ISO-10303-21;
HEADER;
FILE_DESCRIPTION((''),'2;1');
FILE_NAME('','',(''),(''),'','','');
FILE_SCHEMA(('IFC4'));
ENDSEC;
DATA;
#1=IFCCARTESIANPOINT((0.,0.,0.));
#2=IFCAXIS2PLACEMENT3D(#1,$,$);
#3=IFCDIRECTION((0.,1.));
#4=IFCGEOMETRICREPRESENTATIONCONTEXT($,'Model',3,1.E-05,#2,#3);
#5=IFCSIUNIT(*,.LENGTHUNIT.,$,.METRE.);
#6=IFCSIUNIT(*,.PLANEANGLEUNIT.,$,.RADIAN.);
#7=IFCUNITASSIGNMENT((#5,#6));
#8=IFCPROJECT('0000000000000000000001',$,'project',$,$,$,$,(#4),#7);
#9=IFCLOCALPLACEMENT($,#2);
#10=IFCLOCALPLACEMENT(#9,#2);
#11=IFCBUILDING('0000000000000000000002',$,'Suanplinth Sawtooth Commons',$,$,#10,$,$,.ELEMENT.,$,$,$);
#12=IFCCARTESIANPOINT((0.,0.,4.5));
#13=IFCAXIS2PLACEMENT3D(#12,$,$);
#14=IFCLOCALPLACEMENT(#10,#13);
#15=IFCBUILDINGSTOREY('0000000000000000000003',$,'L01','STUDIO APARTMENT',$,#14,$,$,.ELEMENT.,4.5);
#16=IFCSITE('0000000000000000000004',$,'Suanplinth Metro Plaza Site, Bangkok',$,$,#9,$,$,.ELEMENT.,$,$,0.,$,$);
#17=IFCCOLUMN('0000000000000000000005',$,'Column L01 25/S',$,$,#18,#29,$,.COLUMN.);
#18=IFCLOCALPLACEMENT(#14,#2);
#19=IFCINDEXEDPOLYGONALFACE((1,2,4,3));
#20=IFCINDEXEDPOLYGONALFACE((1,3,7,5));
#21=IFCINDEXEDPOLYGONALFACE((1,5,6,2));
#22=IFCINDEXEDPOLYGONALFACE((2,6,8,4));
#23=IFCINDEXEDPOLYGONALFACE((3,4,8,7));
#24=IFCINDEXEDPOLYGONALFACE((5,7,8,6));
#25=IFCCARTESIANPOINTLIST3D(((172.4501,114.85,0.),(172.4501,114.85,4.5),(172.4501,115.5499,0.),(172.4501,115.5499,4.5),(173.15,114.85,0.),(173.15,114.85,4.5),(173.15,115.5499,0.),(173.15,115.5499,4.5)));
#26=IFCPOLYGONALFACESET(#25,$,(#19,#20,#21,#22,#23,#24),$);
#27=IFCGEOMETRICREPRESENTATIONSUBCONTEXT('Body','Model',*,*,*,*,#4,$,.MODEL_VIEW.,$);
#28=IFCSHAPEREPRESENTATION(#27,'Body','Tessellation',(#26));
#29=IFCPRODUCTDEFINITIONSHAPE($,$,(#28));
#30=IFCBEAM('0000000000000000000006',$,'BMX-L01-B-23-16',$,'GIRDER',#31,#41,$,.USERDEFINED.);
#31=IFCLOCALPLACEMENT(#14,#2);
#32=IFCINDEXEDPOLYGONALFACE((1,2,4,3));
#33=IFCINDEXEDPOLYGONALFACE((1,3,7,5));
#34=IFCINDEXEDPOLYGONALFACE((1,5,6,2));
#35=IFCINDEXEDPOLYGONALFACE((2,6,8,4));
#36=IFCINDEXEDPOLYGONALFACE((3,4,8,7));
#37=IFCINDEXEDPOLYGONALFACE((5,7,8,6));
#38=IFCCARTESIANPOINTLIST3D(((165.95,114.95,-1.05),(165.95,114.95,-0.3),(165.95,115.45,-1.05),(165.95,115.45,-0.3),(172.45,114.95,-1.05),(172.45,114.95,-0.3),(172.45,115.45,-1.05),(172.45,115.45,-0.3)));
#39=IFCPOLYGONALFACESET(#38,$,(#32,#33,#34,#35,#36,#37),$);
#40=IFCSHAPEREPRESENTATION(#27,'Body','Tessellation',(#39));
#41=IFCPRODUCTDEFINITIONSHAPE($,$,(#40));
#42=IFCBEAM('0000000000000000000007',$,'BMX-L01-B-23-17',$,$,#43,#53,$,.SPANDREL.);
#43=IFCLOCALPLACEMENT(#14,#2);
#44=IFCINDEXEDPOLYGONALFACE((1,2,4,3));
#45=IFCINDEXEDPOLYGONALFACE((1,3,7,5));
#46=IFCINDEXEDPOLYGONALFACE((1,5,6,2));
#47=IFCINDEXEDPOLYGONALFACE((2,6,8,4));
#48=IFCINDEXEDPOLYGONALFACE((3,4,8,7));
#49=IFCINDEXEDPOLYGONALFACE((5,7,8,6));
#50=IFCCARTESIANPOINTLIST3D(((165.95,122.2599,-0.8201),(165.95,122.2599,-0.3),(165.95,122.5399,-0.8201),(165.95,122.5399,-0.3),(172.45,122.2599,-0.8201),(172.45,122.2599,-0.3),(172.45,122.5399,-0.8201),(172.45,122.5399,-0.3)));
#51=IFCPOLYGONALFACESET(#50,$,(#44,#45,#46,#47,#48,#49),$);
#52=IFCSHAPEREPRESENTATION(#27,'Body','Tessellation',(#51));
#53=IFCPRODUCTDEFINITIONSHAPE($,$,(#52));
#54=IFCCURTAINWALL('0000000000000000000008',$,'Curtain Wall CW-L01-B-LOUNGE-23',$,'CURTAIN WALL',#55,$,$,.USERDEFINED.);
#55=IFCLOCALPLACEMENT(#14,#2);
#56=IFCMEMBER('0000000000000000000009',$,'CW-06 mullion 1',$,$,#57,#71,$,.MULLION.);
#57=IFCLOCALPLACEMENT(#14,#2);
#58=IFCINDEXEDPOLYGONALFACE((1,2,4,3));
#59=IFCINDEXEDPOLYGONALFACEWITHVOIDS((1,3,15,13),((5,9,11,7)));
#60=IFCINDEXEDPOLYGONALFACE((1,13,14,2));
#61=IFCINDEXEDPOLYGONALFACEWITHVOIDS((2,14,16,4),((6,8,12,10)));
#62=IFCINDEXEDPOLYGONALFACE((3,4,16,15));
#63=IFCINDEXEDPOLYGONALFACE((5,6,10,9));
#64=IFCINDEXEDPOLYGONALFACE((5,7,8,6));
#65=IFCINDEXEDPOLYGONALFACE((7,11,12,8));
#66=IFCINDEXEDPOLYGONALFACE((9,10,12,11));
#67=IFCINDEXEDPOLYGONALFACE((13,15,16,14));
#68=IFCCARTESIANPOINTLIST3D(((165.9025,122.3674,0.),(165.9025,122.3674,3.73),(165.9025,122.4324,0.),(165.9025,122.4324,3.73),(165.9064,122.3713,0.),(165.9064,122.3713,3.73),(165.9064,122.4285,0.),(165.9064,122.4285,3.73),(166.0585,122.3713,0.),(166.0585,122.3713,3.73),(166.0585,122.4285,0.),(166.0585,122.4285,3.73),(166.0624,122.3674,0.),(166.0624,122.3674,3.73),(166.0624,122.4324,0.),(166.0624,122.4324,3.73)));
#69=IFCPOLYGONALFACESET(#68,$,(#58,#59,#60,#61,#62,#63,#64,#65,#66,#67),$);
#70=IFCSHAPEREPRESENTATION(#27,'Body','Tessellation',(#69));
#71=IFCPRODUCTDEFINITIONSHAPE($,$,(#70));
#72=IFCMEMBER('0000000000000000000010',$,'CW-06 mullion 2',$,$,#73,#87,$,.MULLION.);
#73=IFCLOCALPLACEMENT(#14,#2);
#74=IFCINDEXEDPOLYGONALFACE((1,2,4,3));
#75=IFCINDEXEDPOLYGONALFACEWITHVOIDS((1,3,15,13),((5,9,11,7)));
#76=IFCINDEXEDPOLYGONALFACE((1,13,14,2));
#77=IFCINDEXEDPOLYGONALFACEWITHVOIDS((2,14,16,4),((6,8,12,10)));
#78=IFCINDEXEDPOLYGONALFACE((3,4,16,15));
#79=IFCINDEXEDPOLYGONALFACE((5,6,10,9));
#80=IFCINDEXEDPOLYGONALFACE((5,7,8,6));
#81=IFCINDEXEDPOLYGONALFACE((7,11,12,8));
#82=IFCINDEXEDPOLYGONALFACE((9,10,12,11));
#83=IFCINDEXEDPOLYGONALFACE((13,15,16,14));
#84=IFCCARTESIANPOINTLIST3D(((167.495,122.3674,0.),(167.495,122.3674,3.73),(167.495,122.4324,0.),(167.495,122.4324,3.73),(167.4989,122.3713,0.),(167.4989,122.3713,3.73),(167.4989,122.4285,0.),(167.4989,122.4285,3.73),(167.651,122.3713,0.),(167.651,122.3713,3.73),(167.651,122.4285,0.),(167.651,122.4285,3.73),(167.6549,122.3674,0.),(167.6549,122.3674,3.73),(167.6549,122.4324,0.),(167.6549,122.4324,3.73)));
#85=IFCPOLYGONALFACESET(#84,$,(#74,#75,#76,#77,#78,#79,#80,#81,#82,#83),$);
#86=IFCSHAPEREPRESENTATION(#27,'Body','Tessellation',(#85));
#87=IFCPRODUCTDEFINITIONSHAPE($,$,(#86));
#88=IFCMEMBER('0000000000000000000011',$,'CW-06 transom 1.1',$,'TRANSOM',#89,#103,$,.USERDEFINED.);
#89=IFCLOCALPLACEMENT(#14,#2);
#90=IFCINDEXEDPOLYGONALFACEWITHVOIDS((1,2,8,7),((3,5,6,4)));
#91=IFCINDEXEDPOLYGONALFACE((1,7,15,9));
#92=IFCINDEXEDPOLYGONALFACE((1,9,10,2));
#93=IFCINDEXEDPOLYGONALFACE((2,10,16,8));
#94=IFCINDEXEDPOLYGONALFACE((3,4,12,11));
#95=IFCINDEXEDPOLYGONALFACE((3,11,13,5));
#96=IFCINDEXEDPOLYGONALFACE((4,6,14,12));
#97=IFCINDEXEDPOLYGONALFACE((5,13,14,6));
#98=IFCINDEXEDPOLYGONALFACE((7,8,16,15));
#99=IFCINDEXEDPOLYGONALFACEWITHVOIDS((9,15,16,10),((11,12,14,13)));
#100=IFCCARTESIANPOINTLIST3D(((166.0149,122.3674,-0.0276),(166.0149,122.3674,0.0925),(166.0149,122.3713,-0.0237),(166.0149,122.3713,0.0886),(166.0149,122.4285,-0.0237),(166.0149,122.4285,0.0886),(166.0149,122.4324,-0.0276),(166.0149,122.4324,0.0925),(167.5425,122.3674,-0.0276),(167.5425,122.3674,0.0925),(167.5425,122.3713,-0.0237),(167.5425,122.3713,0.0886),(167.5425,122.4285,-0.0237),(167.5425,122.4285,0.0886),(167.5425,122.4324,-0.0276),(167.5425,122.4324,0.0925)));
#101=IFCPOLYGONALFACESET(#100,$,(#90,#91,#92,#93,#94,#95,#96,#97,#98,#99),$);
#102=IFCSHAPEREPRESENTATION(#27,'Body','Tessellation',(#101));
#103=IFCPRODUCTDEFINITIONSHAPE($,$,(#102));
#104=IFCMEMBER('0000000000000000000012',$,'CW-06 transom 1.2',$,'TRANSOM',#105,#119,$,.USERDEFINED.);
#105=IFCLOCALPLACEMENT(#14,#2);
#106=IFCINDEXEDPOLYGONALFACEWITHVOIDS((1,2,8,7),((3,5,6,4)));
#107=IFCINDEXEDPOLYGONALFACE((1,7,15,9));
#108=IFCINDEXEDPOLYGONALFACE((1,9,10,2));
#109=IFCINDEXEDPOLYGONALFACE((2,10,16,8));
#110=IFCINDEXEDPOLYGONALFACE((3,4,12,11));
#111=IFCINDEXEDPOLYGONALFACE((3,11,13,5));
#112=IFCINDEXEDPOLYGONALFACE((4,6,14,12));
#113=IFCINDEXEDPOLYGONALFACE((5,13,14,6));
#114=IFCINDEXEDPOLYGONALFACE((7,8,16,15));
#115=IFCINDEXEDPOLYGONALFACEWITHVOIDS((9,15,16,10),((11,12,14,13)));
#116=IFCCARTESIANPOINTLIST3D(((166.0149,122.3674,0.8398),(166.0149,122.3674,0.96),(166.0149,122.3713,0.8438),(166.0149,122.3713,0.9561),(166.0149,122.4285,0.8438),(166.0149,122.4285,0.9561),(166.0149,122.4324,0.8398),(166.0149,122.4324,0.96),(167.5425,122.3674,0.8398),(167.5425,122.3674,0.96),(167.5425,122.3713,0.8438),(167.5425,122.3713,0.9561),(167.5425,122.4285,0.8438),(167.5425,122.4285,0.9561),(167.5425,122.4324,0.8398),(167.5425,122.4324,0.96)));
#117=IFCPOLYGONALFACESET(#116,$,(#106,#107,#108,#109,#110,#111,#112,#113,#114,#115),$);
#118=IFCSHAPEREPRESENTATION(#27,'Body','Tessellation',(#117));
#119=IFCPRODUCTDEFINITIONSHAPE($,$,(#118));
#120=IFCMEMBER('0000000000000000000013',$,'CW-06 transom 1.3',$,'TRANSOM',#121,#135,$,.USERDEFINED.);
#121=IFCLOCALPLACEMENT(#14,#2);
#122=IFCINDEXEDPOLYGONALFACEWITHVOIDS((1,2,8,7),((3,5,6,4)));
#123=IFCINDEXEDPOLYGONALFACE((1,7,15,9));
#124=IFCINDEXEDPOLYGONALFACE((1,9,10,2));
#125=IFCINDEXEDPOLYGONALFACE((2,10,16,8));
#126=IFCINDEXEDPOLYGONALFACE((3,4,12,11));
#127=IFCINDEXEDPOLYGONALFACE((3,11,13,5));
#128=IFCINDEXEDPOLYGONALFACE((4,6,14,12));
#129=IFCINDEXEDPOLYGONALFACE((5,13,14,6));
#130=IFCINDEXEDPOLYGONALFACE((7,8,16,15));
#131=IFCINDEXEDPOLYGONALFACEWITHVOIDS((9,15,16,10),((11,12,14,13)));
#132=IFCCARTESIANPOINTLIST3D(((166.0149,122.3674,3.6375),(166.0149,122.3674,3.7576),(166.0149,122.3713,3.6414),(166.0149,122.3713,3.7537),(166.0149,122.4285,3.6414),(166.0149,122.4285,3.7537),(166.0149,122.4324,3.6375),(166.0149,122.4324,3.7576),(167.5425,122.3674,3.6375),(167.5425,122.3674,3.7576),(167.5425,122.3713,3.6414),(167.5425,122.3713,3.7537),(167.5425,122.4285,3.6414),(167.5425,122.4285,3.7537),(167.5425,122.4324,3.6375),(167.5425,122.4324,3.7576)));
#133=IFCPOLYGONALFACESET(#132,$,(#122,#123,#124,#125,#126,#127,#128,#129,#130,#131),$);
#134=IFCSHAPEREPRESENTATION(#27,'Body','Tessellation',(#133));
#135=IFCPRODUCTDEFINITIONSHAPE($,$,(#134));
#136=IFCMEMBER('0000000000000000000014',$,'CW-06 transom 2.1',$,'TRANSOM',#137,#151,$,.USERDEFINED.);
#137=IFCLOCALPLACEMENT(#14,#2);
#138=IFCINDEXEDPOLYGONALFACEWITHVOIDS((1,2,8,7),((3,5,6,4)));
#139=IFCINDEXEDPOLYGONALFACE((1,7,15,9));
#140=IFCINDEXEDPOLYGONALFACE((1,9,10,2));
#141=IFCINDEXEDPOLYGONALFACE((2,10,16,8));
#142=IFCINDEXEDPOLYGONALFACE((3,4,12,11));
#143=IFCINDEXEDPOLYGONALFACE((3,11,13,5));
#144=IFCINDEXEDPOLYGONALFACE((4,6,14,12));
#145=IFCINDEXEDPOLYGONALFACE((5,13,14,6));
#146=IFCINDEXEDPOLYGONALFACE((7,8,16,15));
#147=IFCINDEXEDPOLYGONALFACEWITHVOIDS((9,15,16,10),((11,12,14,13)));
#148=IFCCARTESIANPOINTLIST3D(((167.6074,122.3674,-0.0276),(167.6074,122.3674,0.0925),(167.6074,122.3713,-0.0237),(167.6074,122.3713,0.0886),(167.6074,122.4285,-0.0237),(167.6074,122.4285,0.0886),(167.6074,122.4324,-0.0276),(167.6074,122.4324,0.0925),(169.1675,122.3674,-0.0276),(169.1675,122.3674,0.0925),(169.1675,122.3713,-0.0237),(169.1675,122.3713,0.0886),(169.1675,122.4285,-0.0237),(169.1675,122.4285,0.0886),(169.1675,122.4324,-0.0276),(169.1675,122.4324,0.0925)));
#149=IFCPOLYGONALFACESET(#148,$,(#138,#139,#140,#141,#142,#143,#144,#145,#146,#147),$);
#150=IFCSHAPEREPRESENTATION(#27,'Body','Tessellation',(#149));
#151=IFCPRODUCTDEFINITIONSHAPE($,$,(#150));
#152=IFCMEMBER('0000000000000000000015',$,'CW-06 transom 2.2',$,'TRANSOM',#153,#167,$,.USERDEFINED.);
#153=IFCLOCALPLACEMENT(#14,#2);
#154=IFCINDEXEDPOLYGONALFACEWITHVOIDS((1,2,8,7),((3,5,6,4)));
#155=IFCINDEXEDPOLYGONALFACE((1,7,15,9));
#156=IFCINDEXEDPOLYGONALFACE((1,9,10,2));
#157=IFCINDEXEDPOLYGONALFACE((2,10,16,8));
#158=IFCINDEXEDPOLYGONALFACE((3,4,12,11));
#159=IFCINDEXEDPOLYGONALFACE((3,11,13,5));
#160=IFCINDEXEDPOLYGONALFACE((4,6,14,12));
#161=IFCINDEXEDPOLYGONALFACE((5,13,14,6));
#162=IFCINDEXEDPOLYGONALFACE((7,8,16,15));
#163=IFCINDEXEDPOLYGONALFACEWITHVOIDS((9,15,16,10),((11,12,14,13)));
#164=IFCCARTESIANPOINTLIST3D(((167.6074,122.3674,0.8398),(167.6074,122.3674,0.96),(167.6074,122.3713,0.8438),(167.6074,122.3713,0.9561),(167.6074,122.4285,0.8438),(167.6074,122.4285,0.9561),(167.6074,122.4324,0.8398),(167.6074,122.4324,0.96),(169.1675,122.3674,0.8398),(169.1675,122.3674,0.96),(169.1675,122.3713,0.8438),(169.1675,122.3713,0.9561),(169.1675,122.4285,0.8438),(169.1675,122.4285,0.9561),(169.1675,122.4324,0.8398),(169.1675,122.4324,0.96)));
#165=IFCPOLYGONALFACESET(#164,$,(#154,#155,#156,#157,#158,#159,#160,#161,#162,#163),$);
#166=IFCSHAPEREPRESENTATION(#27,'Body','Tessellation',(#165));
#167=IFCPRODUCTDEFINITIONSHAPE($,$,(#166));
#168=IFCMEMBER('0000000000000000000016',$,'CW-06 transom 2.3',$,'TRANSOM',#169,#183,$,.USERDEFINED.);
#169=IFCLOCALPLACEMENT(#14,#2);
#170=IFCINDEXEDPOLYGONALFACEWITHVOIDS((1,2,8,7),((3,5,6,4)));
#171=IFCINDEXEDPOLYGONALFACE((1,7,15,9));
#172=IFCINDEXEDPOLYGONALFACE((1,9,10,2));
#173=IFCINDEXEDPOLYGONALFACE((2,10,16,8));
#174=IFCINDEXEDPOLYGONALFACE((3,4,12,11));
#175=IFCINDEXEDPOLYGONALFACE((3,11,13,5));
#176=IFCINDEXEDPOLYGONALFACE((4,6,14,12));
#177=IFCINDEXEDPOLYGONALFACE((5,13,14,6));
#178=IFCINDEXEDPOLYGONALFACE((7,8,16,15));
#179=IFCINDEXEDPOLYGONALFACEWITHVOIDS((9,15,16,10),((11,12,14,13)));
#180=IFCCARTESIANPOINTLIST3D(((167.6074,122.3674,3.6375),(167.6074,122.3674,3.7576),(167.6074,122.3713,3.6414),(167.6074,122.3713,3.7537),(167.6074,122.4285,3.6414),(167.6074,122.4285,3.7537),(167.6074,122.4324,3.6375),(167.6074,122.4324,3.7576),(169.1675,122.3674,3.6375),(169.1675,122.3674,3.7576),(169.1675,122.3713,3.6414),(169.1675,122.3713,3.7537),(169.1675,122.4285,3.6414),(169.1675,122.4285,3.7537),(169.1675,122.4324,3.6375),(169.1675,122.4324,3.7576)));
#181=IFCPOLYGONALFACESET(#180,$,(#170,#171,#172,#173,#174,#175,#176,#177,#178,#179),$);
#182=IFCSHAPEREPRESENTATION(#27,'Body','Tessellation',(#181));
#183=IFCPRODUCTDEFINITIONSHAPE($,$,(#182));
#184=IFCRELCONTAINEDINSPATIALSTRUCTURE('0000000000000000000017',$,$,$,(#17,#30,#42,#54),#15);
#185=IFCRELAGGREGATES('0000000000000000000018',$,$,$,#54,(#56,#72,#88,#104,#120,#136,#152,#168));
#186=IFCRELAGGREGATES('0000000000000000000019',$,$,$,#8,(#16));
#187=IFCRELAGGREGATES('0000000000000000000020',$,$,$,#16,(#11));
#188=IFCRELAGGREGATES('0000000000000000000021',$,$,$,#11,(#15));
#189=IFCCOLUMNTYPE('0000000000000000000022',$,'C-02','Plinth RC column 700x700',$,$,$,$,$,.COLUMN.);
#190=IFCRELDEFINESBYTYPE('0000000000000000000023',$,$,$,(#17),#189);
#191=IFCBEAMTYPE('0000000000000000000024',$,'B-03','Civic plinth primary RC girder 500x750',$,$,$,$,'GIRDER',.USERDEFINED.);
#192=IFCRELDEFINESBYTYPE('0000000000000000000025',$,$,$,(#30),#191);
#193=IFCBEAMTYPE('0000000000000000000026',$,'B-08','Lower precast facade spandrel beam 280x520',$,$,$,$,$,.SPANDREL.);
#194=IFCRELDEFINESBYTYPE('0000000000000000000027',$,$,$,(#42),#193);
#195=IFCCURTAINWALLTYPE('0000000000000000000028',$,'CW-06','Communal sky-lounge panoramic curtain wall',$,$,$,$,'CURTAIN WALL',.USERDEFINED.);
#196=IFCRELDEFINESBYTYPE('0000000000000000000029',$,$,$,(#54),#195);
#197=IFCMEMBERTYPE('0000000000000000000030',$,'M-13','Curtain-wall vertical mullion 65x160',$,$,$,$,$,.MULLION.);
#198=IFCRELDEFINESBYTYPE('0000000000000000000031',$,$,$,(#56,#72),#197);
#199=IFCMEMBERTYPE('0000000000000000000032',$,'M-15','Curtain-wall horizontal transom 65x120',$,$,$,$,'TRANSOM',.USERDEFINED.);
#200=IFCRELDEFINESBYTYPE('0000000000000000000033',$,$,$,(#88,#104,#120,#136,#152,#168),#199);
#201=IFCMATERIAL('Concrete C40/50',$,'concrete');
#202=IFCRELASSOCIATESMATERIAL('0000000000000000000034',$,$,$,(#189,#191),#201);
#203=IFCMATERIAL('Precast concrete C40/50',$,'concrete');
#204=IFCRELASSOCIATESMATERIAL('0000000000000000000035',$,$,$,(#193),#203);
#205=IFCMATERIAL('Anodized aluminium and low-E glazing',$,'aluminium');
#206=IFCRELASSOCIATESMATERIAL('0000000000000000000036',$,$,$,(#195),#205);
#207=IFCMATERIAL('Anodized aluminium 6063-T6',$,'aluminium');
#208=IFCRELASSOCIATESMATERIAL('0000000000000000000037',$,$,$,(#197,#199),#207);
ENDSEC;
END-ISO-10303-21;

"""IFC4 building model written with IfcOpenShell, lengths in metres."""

from ifc_helpers import new_model, si_unit, direction, frame, origin, origin_2d, place, context, subcontext, project, spatial, rectangle, hollow_rectangle, extrude, material, material_profile, profile_set, type_object, element, aggregate, save


model = new_model("IFC4")

# Units and contexts
model_context = context("Model", 3, precision=1e-05, world=origin(), true_north=direction((0.0, 1.0)))
body_context = subcontext(model_context, "Body", "Model", "MODEL_VIEW")
ifc_project = project(units=[si_unit("LENGTHUNIT", "METRE"), si_unit("PLANEANGLEUNIT", "RADIAN")], contexts=[model_context])

# Site, building, storey
site_placement = place(None, origin())
site = spatial("IfcSite", under=ifc_project, at=site_placement, Name="Suanplinth Metro Plaza Site, Bangkok", CompositionType="ELEMENT", RefElevation=0.0)
building_placement = place(site_placement, origin())
building = spatial("IfcBuilding", under=site, at=building_placement, Name="Suanplinth Sawtooth Commons", CompositionType="ELEMENT")
storey_placement = place(building_placement, frame((0.0, 0.0, 4.5)))
storey = spatial("IfcBuildingStorey", under=building, at=storey_placement, Name="L01", Description="STUDIO APARTMENT", CompositionType="ELEMENT", Elevation=4.5)

# Column
ifc_material_1 = material(Name="Concrete C40/50", Category="concrete")
ifc_material_profile_1 = material_profile(ifc_material_1, rectangle(XDim=0.7, YDim=0.7, at=origin_2d()), Name="RC-COL 700x700")
ifc_profile_set_1 = profile_set([ifc_material_profile_1], Name="Concrete C40/50")
column_type = type_object("IfcColumnType", Name="C-02", Description="Plinth RC column 700x700", PredefinedType="COLUMN", material=ifc_profile_set_1)
column_placement = place(storey_placement, frame((172.8, 115.2, 0.0), z_axis=(0.0, 0.0, 1.0), x_axis=(1.0, 0.0, 0.0)))
element("IfcColumn", 1, at=column_placement, inside=storey, type_object=column_type, Name="Column L01 25/S", PredefinedType="COLUMN", context=body_context, shape_type="SweptSolid", body=[
    extrude(rectangle(XDim=0.7, YDim=0.7, at=origin_2d()), origin(), (0.0, 0.0, 1.0), 4.5),
])

# Beams
ifc_material_profile_2 = material_profile(ifc_material_1, rectangle(XDim=0.5, YDim=0.75, at=origin_2d()), Name="RC-GDR 500x750")
ifc_profile_set_2 = profile_set([ifc_material_profile_2], Name="Concrete C40/50")
beam_type_1 = type_object("IfcBeamType", Name="B-03", Description="Civic plinth primary RC girder 500x750", ElementType="GIRDER", PredefinedType="USERDEFINED", material=ifc_profile_set_2)
beam_1_placement = place(storey_placement, frame((165.95, 115.2, -0.675), z_axis=(1.0, 0.0, 0.0), x_axis=(0.0, 1.0, 0.0)))
element("IfcBeam", 2, at=beam_1_placement, inside=storey, type_object=beam_type_1, Name="BMX-L01-B-23-16", ObjectType="GIRDER", PredefinedType="USERDEFINED", context=body_context, shape_type="SweptSolid", body=[
    extrude(rectangle(XDim=0.5, YDim=0.75, at=origin_2d()), origin(), (0.0, 0.0, 1.0), 6.5),
])
ifc_material_2 = material(Name="Precast concrete C40/50", Category="concrete")
ifc_material_profile_3 = material_profile(ifc_material_2, rectangle(XDim=0.28, YDim=0.52, at=origin_2d()), Name="PC-SP 280x520")
ifc_profile_set_3 = profile_set([ifc_material_profile_3], Name="Precast concrete C40/50")
beam_type_2 = type_object("IfcBeamType", Name="B-08", Description="Lower precast facade spandrel beam 280x520", PredefinedType="SPANDREL", material=ifc_profile_set_3)
beam_2_placement = place(storey_placement, frame((165.95, 122.3999, -0.5601), z_axis=(1.0, 0.0, 0.0), x_axis=(0.0, 1.0, 0.0)))
element("IfcBeam", 3, at=beam_2_placement, inside=storey, type_object=beam_type_2, Name="BMX-L01-B-23-17", PredefinedType="SPANDREL", context=body_context, shape_type="SweptSolid", body=[
    extrude(rectangle(XDim=0.28, YDim=0.52, at=origin_2d()), origin(), (0.0, 0.0, 1.0), 6.5),
])

# Curtain wall, members
ifc_material_3 = material(Name="Anodized aluminium and low-E glazing", Category="aluminium")
curtain_wall_type = type_object("IfcCurtainWallType", Name="CW-06", Description="Communal sky-lounge panoramic curtain wall", ElementType="CURTAIN WALL", PredefinedType="USERDEFINED", material=ifc_material_3)
curtain_wall_placement = place(storey_placement, origin())
curtain_wall = element("IfcCurtainWall", 4, at=curtain_wall_placement, inside=storey, type_object=curtain_wall_type, Name="Curtain Wall CW-L01-B-LOUNGE-23", ObjectType="CURTAIN WALL", PredefinedType="USERDEFINED")
ifc_material_4 = material(Name="Anodized aluminium 6063-T6", Category="aluminium")
ifc_material_profile_4 = material_profile(ifc_material_4, hollow_rectangle(XDim=0.0649, YDim=0.1599, WallThickness=0.0039, at=origin_2d()), Name="ALU-MUL 65x160")
ifc_profile_set_4 = profile_set([ifc_material_profile_4], Name="Anodized aluminium 6063-T6")
member_type_1 = type_object("IfcMemberType", Name="M-13", Description="Curtain-wall vertical mullion 65x160", PredefinedType="MULLION", material=ifc_profile_set_4)
member_1_placement = place(storey_placement, frame((165.9824, 122.3999, 0.0), z_axis=(0.0, 0.0, 1.0), x_axis=(0.0, 1.0, 0.0)))
member_1 = element("IfcMember", 5, at=member_1_placement, type_object=member_type_1, Name="CW-06 mullion 1", PredefinedType="MULLION", context=body_context, shape_type="SweptSolid", body=[
    extrude(hollow_rectangle(XDim=0.0649, YDim=0.1599, WallThickness=0.0039, at=origin_2d()), origin(), (0.0, 0.0, 1.0), 3.73),
])
member_2_placement = place(storey_placement, frame((167.575, 122.3999, 0.0), z_axis=(0.0, 0.0, 1.0), x_axis=(0.0, 1.0, 0.0)))
member_2 = element("IfcMember", 6, at=member_2_placement, type_object=member_type_1, Name="CW-06 mullion 2", PredefinedType="MULLION", context=body_context, shape_type="SweptSolid", body=[
    extrude(hollow_rectangle(XDim=0.0649, YDim=0.1599, WallThickness=0.0039, at=origin_2d()), origin(), (0.0, 0.0, 1.0), 3.73),
])
ifc_material_profile_5 = material_profile(ifc_material_4, hollow_rectangle(XDim=0.0649, YDim=0.1201, WallThickness=0.0039, at=origin_2d()), Name="ALU-TRN 65x120")
ifc_profile_set_5 = profile_set([ifc_material_profile_5], Name="Anodized aluminium 6063-T6")
member_type_2 = type_object("IfcMemberType", Name="M-15", Description="Curtain-wall horizontal transom 65x120", ElementType="TRANSOM", PredefinedType="USERDEFINED", material=ifc_profile_set_5)
member_3_placement = place(storey_placement, frame((166.0149, 122.3999, 0.0325), z_axis=(1.0, 0.0, 0.0), x_axis=(0.0, 1.0, 0.0)))
member_3 = element("IfcMember", 7, at=member_3_placement, type_object=member_type_2, Name="CW-06 transom 1.1", ObjectType="TRANSOM", PredefinedType="USERDEFINED", context=body_context, shape_type="SweptSolid", body=[
    extrude(hollow_rectangle(XDim=0.0649, YDim=0.1201, WallThickness=0.0039, at=origin_2d()), origin(), (0.0, 0.0, 1.0), 1.5276),
])
member_4_placement = place(storey_placement, frame((166.0149, 122.3999, 0.8999), z_axis=(1.0, 0.0, 0.0), x_axis=(0.0, 1.0, 0.0)))
member_4 = element("IfcMember", 8, at=member_4_placement, type_object=member_type_2, Name="CW-06 transom 1.2", ObjectType="TRANSOM", PredefinedType="USERDEFINED", context=body_context, shape_type="SweptSolid", body=[
    extrude(hollow_rectangle(XDim=0.0649, YDim=0.1201, WallThickness=0.0039, at=origin_2d()), origin(), (0.0, 0.0, 1.0), 1.5276),
])
member_5_placement = place(storey_placement, frame((166.0149, 122.3999, 3.6975), z_axis=(1.0, 0.0, 0.0), x_axis=(0.0, 1.0, 0.0)))
member_5 = element("IfcMember", 9, at=member_5_placement, type_object=member_type_2, Name="CW-06 transom 1.3", ObjectType="TRANSOM", PredefinedType="USERDEFINED", context=body_context, shape_type="SweptSolid", body=[
    extrude(hollow_rectangle(XDim=0.0649, YDim=0.1201, WallThickness=0.0039, at=origin_2d()), origin(), (0.0, 0.0, 1.0), 1.5276),
])
member_6_placement = place(storey_placement, frame((167.6074, 122.3999, 0.0325), z_axis=(1.0, 0.0, 0.0), x_axis=(0.0, 1.0, 0.0)))
member_6 = element("IfcMember", 10, at=member_6_placement, type_object=member_type_2, Name="CW-06 transom 2.1", ObjectType="TRANSOM", PredefinedType="USERDEFINED", context=body_context, shape_type="SweptSolid", body=[
    extrude(hollow_rectangle(XDim=0.0649, YDim=0.1201, WallThickness=0.0039, at=origin_2d()), origin(), (0.0, 0.0, 1.0), 1.5601),
])
member_7_placement = place(storey_placement, frame((167.6074, 122.3999, 0.8999), z_axis=(1.0, 0.0, 0.0), x_axis=(0.0, 1.0, 0.0)))
member_7 = element("IfcMember", 11, at=member_7_placement, type_object=member_type_2, Name="CW-06 transom 2.2", ObjectType="TRANSOM", PredefinedType="USERDEFINED", context=body_context, shape_type="SweptSolid", body=[
    extrude(hollow_rectangle(XDim=0.0649, YDim=0.1201, WallThickness=0.0039, at=origin_2d()), origin(), (0.0, 0.0, 1.0), 1.5601),
])
member_8_placement = place(storey_placement, frame((167.6074, 122.3999, 3.6975), z_axis=(1.0, 0.0, 0.0), x_axis=(0.0, 1.0, 0.0)))
member_8 = element("IfcMember", 12, at=member_8_placement, type_object=member_type_2, Name="CW-06 transom 2.3", ObjectType="TRANSOM", PredefinedType="USERDEFINED", context=body_context, shape_type="SweptSolid", body=[
    extrude(hollow_rectangle(XDim=0.0649, YDim=0.1201, WallThickness=0.0039, at=origin_2d()), origin(), (0.0, 0.0, 1.0), 1.5601),
])
aggregate(curtain_wall, [member_1, member_2, member_3, member_4, member_5, member_6, member_7, member_8])

save(model, "model.ifc")
